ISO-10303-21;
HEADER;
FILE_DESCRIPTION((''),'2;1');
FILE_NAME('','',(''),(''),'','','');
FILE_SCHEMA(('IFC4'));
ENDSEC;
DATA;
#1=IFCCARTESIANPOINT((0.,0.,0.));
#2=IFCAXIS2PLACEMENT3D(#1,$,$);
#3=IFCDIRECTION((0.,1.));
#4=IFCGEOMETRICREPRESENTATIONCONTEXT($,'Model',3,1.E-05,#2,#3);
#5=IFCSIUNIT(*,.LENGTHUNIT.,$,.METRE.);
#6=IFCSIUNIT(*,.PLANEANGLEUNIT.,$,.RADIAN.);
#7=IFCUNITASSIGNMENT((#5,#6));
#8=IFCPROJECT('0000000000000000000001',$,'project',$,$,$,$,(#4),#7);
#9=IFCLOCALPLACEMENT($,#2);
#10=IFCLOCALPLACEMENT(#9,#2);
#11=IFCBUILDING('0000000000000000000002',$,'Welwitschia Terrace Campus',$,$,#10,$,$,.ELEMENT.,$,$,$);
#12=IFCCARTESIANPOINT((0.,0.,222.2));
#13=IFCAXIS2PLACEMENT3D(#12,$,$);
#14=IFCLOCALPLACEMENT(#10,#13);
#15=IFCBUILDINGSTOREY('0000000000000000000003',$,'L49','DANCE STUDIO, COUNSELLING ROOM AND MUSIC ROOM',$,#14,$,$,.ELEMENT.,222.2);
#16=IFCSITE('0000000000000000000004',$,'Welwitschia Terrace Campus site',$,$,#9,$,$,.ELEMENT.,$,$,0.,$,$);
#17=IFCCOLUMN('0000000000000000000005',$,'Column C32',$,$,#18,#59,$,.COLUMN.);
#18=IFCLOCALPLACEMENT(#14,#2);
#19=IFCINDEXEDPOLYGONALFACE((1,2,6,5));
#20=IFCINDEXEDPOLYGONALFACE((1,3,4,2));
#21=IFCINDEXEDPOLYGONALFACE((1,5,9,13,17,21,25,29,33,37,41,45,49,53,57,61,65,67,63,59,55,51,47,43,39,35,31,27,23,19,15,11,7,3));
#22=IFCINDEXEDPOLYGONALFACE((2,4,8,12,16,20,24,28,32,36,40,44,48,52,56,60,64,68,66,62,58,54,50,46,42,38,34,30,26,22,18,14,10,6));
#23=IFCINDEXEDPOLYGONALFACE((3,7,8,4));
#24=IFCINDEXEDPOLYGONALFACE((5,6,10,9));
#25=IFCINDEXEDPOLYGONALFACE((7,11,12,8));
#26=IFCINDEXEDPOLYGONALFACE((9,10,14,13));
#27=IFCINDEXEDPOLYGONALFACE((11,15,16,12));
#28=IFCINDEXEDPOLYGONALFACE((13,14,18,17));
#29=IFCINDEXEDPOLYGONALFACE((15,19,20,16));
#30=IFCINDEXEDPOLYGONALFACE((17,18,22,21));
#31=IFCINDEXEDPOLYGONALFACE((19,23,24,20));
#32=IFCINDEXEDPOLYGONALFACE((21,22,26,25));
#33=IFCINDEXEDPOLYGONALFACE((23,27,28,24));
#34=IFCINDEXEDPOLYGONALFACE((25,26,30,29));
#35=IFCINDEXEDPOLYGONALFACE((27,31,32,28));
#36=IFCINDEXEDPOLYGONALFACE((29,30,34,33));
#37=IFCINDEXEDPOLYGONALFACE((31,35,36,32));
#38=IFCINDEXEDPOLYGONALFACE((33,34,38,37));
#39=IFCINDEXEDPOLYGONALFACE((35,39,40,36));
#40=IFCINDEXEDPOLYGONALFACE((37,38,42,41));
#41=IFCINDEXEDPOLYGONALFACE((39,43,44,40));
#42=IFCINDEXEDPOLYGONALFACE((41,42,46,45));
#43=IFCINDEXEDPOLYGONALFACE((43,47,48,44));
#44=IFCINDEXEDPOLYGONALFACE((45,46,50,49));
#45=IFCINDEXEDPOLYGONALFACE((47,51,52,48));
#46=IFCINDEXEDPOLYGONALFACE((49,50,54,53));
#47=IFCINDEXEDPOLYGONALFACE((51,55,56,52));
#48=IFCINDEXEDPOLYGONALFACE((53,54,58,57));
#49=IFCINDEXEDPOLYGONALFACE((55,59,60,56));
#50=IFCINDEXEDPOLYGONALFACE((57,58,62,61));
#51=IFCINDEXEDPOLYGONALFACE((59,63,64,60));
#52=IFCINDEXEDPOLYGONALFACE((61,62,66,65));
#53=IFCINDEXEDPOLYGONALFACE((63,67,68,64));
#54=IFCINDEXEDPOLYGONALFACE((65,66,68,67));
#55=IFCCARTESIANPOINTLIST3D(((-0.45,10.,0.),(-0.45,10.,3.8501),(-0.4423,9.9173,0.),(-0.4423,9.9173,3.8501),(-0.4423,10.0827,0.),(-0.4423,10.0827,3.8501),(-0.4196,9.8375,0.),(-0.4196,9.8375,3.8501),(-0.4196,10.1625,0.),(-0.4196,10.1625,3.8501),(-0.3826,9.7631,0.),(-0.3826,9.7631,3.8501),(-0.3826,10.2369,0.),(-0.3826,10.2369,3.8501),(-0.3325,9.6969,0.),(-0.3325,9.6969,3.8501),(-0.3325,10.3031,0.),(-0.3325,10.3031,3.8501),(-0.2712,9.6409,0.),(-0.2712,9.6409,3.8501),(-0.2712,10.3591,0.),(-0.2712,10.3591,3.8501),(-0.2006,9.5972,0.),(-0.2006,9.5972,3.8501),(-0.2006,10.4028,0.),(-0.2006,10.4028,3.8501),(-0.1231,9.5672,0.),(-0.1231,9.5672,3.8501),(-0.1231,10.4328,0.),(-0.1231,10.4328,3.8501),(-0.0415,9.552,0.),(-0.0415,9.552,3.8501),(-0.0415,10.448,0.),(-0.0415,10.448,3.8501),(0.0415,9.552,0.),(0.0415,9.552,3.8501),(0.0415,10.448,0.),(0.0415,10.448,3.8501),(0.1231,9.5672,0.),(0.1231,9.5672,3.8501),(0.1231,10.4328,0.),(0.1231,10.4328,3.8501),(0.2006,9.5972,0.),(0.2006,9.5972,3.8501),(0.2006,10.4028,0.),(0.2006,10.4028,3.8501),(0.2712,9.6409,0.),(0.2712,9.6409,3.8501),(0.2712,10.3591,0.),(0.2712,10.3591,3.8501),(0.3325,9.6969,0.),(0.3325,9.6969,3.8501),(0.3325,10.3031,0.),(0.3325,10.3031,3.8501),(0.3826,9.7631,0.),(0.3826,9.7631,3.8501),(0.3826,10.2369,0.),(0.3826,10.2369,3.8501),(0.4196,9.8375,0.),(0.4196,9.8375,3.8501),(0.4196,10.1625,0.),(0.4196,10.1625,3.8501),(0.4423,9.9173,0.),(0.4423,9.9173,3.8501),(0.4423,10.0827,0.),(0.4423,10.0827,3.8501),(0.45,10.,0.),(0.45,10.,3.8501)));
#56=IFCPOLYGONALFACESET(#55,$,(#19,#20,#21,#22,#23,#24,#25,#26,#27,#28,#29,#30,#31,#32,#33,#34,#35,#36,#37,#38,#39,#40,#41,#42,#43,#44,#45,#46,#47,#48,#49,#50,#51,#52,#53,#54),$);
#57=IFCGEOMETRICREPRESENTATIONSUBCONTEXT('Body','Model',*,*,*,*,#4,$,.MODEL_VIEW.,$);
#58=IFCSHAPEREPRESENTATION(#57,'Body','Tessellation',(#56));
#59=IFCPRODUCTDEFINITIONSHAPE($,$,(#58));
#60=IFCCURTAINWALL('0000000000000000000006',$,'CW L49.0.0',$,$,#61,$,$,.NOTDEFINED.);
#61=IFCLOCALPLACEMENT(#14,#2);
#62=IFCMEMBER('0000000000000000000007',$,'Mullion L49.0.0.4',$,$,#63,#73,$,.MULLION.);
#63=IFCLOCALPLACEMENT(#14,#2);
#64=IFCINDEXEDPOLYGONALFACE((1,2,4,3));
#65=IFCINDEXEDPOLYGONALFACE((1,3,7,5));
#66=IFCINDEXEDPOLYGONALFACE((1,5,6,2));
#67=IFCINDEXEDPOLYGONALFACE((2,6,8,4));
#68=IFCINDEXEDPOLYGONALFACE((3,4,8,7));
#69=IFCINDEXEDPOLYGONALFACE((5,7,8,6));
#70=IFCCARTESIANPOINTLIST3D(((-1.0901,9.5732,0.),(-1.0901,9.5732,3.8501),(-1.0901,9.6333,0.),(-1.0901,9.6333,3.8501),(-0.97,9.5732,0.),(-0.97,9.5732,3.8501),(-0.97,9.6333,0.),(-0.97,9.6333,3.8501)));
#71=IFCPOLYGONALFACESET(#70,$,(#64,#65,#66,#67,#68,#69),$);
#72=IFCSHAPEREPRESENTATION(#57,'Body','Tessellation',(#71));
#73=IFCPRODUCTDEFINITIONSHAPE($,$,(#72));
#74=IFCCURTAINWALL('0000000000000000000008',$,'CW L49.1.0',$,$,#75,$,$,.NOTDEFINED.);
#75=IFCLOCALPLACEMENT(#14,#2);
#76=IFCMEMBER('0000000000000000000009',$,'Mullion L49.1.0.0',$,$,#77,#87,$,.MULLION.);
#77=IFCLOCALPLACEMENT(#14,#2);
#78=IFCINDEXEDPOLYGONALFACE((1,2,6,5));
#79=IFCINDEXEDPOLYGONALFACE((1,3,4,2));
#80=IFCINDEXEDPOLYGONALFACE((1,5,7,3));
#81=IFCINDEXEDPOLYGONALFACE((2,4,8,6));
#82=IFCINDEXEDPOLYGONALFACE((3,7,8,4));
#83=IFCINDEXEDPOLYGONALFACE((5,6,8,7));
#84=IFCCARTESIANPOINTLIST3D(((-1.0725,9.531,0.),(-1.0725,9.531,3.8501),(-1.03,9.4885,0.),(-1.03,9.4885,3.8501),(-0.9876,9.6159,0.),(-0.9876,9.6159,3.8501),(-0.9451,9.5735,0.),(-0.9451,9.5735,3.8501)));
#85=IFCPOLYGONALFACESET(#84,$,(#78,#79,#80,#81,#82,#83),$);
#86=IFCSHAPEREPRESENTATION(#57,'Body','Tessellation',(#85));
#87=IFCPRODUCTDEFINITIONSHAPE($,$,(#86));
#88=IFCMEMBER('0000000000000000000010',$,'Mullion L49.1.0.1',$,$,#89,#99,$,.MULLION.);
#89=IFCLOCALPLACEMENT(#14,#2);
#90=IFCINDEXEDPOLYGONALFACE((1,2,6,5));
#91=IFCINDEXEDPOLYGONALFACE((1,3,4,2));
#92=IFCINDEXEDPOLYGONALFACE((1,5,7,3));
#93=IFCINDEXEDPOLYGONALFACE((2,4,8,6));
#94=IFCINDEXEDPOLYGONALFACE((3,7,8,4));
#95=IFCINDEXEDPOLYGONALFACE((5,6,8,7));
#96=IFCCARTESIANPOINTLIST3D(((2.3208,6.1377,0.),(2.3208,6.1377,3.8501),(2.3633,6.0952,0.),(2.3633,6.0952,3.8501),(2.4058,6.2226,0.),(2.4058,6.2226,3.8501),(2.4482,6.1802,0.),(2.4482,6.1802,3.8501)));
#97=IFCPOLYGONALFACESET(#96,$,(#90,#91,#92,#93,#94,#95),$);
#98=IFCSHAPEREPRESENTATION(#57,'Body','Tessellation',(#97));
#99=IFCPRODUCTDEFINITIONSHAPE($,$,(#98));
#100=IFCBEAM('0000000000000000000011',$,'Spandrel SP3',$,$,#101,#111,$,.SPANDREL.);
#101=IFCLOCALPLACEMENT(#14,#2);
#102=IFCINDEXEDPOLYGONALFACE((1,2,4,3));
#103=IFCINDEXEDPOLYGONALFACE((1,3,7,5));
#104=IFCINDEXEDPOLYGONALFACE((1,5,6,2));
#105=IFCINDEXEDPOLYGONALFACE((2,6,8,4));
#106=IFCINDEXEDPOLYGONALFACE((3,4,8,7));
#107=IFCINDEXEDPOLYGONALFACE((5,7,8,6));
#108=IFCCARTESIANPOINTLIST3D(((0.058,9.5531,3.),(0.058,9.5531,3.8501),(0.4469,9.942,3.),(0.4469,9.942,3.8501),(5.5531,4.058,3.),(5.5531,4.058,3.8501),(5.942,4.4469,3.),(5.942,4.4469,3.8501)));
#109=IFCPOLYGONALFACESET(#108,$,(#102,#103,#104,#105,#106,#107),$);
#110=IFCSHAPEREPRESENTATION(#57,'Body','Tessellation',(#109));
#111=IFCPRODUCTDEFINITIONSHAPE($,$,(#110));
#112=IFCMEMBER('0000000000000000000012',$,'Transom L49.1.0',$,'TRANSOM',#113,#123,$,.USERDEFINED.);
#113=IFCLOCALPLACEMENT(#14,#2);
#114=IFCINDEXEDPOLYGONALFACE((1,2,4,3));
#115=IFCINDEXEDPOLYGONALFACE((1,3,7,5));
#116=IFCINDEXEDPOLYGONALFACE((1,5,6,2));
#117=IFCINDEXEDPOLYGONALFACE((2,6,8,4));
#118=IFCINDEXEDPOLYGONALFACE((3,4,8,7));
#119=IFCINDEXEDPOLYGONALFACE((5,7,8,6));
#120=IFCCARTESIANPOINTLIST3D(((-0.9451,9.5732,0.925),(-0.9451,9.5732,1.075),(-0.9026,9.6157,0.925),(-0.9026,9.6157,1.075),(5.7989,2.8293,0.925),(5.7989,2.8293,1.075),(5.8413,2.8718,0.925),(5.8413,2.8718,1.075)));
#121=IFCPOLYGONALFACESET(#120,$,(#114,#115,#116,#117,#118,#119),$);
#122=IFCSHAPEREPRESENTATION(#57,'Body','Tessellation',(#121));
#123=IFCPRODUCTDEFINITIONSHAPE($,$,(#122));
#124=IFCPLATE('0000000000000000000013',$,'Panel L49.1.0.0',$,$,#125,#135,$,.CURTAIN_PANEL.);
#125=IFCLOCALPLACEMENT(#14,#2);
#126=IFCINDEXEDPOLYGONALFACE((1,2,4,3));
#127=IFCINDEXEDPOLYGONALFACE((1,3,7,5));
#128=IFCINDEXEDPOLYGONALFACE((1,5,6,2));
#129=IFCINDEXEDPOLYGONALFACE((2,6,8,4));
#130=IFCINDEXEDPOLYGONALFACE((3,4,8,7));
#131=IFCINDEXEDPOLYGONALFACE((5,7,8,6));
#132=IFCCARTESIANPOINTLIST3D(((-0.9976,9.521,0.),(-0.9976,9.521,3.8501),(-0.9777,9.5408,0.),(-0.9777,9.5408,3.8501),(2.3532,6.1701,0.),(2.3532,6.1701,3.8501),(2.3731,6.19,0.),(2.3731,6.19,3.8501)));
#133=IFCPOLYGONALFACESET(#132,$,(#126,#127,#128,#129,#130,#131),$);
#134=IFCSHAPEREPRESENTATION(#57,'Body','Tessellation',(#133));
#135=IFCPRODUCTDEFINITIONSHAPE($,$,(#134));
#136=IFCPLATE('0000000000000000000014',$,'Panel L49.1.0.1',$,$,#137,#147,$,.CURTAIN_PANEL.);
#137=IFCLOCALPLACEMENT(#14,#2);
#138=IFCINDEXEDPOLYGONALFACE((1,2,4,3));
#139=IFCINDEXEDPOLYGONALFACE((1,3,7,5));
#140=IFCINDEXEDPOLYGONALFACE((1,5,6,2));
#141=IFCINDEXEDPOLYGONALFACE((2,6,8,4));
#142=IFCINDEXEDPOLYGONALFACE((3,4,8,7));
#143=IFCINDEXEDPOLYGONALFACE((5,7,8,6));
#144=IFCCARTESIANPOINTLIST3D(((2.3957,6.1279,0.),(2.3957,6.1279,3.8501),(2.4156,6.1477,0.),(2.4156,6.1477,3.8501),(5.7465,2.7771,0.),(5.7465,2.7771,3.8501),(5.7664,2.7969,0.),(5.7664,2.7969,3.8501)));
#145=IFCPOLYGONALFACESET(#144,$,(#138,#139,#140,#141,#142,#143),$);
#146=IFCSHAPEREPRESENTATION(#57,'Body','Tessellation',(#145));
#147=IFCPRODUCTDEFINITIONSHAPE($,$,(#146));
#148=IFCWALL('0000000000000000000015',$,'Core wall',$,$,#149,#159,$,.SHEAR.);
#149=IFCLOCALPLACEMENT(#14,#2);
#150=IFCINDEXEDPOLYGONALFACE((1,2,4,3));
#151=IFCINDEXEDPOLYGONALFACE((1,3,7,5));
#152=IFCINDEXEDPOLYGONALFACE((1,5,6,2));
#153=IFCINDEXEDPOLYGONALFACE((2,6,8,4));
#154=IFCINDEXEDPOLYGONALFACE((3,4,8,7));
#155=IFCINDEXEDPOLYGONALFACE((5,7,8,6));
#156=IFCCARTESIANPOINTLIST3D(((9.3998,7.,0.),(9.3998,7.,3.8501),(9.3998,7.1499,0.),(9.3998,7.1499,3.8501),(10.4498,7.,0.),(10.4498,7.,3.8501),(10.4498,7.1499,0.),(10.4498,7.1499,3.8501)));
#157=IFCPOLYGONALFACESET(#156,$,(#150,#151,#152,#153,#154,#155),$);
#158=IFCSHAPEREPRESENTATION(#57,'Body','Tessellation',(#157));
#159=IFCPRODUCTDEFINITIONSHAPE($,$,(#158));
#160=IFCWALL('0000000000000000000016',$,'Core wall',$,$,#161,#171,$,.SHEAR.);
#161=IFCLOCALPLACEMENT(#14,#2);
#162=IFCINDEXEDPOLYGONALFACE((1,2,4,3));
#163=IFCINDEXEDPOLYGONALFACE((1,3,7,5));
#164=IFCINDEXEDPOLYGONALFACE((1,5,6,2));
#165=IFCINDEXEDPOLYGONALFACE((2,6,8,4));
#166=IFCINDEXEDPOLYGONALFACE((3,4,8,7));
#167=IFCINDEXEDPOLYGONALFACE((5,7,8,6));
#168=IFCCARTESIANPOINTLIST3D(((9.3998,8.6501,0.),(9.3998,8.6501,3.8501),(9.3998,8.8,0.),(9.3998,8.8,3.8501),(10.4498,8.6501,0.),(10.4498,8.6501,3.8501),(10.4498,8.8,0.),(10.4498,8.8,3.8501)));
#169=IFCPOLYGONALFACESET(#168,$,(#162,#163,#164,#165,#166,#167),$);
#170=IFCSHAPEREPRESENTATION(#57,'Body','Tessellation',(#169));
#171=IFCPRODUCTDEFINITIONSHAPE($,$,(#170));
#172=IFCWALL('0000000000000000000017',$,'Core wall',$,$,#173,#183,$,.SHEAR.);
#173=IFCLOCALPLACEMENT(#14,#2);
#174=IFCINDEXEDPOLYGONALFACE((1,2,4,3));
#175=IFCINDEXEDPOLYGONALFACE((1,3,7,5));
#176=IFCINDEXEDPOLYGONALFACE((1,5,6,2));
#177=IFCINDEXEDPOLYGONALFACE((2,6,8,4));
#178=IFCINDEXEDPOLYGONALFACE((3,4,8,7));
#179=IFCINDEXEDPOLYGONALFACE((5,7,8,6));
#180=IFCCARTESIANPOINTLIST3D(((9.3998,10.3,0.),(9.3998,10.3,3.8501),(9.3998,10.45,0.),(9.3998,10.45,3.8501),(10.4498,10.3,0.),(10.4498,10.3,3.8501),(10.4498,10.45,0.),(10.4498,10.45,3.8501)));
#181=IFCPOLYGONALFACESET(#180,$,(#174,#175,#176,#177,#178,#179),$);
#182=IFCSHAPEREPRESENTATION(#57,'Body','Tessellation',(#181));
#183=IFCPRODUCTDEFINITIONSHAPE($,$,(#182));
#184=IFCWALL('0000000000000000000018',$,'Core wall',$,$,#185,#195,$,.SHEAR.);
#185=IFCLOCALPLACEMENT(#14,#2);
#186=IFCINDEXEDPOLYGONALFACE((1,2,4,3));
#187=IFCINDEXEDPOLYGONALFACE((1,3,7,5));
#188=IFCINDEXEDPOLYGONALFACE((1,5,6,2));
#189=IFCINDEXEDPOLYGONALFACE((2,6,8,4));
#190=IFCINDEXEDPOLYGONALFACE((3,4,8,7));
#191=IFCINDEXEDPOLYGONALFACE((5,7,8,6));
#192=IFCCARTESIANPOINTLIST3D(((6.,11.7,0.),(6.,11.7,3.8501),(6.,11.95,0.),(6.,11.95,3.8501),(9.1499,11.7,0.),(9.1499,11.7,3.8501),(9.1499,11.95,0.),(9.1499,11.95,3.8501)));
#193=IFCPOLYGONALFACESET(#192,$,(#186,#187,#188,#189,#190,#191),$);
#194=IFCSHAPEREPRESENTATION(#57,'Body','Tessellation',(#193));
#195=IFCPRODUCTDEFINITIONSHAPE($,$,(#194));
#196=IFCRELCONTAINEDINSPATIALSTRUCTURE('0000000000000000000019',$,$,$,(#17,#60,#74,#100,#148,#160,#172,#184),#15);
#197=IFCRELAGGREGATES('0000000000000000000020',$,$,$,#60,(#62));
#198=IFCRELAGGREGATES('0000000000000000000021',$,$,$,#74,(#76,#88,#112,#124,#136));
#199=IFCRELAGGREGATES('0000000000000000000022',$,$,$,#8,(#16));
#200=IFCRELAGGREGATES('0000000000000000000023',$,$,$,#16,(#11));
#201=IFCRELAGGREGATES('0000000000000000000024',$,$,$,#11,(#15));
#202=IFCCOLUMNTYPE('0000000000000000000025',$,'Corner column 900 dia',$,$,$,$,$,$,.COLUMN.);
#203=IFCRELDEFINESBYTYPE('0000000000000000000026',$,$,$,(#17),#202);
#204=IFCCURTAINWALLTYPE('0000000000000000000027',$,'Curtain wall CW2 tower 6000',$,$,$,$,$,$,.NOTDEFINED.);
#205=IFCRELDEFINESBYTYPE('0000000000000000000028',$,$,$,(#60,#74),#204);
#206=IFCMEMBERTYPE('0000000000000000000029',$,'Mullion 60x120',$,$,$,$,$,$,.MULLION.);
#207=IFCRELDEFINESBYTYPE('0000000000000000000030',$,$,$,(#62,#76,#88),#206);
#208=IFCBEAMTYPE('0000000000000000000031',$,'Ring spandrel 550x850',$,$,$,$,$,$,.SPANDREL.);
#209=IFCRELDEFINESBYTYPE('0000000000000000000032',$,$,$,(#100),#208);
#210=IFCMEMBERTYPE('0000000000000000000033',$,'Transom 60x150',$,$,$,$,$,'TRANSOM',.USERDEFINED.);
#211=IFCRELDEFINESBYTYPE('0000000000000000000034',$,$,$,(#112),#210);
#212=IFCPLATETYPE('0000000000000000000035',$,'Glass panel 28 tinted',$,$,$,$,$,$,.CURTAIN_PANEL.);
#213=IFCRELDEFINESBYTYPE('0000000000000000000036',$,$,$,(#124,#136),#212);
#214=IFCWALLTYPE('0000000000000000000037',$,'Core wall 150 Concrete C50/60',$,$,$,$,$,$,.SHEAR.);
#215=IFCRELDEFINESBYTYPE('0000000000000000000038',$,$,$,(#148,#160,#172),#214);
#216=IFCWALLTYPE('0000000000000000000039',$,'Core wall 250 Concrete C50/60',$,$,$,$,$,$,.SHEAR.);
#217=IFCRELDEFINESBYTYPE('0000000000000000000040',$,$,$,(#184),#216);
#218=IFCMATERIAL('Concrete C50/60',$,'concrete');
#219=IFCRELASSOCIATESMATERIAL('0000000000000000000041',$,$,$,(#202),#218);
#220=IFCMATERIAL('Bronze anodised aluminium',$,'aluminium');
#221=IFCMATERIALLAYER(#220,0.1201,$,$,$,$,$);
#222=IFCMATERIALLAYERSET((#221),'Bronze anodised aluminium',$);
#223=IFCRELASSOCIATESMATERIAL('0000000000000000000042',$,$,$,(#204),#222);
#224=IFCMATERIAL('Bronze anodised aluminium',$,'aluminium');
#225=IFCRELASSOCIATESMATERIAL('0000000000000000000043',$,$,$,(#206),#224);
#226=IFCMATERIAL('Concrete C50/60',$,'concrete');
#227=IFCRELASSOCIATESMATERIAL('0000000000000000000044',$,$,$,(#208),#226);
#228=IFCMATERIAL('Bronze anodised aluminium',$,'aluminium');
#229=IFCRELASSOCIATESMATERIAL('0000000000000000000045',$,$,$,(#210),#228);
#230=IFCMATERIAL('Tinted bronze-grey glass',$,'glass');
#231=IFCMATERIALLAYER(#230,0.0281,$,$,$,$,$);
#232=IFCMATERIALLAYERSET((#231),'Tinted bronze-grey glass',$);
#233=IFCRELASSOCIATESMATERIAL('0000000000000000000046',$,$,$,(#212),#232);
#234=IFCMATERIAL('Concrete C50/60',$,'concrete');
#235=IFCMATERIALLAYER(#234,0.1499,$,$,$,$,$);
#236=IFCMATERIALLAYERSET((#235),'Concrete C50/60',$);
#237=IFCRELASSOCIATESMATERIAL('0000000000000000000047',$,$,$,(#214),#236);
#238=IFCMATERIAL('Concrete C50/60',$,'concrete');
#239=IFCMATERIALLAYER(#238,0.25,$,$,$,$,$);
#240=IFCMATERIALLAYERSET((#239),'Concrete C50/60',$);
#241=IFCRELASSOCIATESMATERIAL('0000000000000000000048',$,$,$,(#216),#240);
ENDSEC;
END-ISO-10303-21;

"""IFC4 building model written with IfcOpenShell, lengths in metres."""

from ifc_helpers import new_model, si_unit, direction, frame, frame_2d, origin, origin_2d, place, context, subcontext, project, spatial, rectangle, circle, extrude, material, layer, layer_set, material_profile, profile_set, type_object, element, aggregate, save


model = new_model("IFC4")

# Units and contexts
model_context = context("Model", 3, precision=1e-05, world=origin(), true_north=direction((0.0, 1.0)))
body_context = subcontext(model_context, "Body", "Model", "MODEL_VIEW")
ifc_project = project(units=[si_unit("LENGTHUNIT", "METRE"), si_unit("PLANEANGLEUNIT", "RADIAN")], contexts=[model_context])

# Site, building, storey
site_placement = place(None, origin())
site = spatial("IfcSite", under=ifc_project, at=site_placement, Name="Welwitschia Terrace Campus site", CompositionType="ELEMENT", RefElevation=0.0)
building_placement = place(site_placement, origin())
building = spatial("IfcBuilding", under=site, at=building_placement, Name="Welwitschia Terrace Campus", CompositionType="ELEMENT")
storey_placement = place(building_placement, frame((0.0, 0.0, 222.2)))
storey = spatial("IfcBuildingStorey", under=building, at=storey_placement, Name="L49", Description="DANCE STUDIO, COUNSELLING ROOM AND MUSIC ROOM", CompositionType="ELEMENT", Elevation=222.2)

# Column
ifc_material_1 = material(Name="Concrete C50/60", Category="concrete")
ifc_material_profile_1 = material_profile(ifc_material_1, circle(Radius=0.45, at=origin_2d()))
ifc_profile_set_1 = profile_set([ifc_material_profile_1], Name="Concrete C50/60")
column_type = type_object("IfcColumnType", Name="Corner column 900 dia", PredefinedType="COLUMN", material=ifc_profile_set_1)
column_placement = place(storey_placement, frame((0.0, 10.0, 0.0), z_axis=(0.0, 0.0, 1.0), x_axis=(1.0, 0.0, 0.0)))
element("IfcColumn", 1, at=column_placement, inside=storey, type_object=column_type, Name="Column C32", PredefinedType="COLUMN", context=body_context, shape_type="SweptSolid", body=[
    extrude(circle(Radius=0.45, at=origin_2d()), origin(), (0.0, 0.0, 1.0), 3.8501),
])

# Curtain wall, member
ifc_material_2 = material(Name="Bronze anodised aluminium", Category="aluminium")
ifc_layer_1 = layer(ifc_material_2, 0.1201)
ifc_layer_set_1 = layer_set([ifc_layer_1], Name="Bronze anodised aluminium")
curtain_wall_type = type_object("IfcCurtainWallType", Name="Curtain wall CW2 tower 6000", PredefinedType="NOTDEFINED", material=ifc_layer_set_1)
curtain_wall_1_placement = place(storey_placement, origin())
curtain_wall_1 = element("IfcCurtainWall", 2, at=curtain_wall_1_placement, inside=storey, type_object=curtain_wall_type, Name="CW L49.0.0", PredefinedType="NOTDEFINED")
ifc_material_3 = material(Name="Bronze anodised aluminium", Category="aluminium")
ifc_material_profile_2 = material_profile(ifc_material_3, rectangle(XDim=0.1201, YDim=0.0601, at=origin_2d()))
ifc_profile_set_2 = profile_set([ifc_material_profile_2], Name="Bronze anodised aluminium")
member_type_1 = type_object("IfcMemberType", Name="Mullion 60x120", PredefinedType="MULLION", material=ifc_profile_set_2)
member_1_placement = place(storey_placement, frame((-1.03, 9.6033, 0.0), z_axis=(0.0, 0.0, 1.0), x_axis=(1.0, 0.0, 0.0)))
member_1 = element("IfcMember", 3, at=member_1_placement, type_object=member_type_1, Name="Mullion L49.0.0.4", PredefinedType="MULLION", context=body_context, shape_type="SweptSolid", body=[
    extrude(rectangle(XDim=0.1201, YDim=0.0601, at=origin_2d()), origin(), (0.0, 0.0, 1.0), 3.8501),
])
aggregate(curtain_wall_1, [member_1])

# Curtain wall, members
curtain_wall_2_placement = place(storey_placement, origin())
curtain_wall_2 = element("IfcCurtainWall", 4, at=curtain_wall_2_placement, inside=storey, type_object=curtain_wall_type, Name="CW L49.1.0", PredefinedType="NOTDEFINED")
member_2_placement = place(storey_placement, frame((-1.0088, 9.5522, 0.0), z_axis=(0.0, 0.0, 1.0), x_axis=(0.707107, 0.707107, 0.0)))
member_2 = element("IfcMember", 5, at=member_2_placement, type_object=member_type_1, Name="Mullion L49.1.0.0", PredefinedType="MULLION", context=body_context, shape_type="SweptSolid", body=[
    extrude(rectangle(XDim=0.1201, YDim=0.0601, at=origin_2d()), origin(), (0.0, 0.0, 1.0), 3.8501),
])
member_3_placement = place(storey_placement, frame((2.3845, 6.1589, 0.0), z_axis=(0.0, 0.0, 1.0), x_axis=(0.707107, 0.707107, 0.0)))
member_3 = element("IfcMember", 6, at=member_3_placement, type_object=member_type_1, Name="Mullion L49.1.0.1", PredefinedType="MULLION", context=body_context, shape_type="SweptSolid", body=[
    extrude(rectangle(XDim=0.1201, YDim=0.0601, at=origin_2d()), origin(), (0.0, 0.0, 1.0), 3.8501),
])

# Beam
ifc_material_4 = material(Name="Concrete C50/60", Category="concrete")
ifc_material_profile_3 = material_profile(ifc_material_4, rectangle(XDim=0.55, YDim=0.8501, at=origin_2d()))
ifc_profile_set_3 = profile_set([ifc_material_profile_3], Name="Concrete C50/60")
beam_type = type_object("IfcBeamType", Name="Ring spandrel 550x850", PredefinedType="SPANDREL", material=ifc_profile_set_3)
beam_placement = place(storey_placement, frame((0.2524, 9.7476, 3.425), z_axis=(0.707107, -0.707107, 0.0), x_axis=(0.707107, 0.707107, 0.0)))
element("IfcBeam", 7, at=beam_placement, inside=storey, type_object=beam_type, Name="Spandrel SP3", PredefinedType="SPANDREL", context=body_context, shape_type="SweptSolid", body=[
    extrude(rectangle(XDim=0.55, YDim=0.8501, at=origin_2d()), origin(), (0.0, 0.0, 1.0), 7.7712),
])

# Member
ifc_material_5 = material(Name="Bronze anodised aluminium", Category="aluminium")
ifc_material_profile_4 = material_profile(ifc_material_5, rectangle(XDim=0.0601, YDim=0.1499, at=origin_2d()))
ifc_profile_set_4 = profile_set([ifc_material_profile_4], Name="Bronze anodised aluminium")
member_type_2 = type_object("IfcMemberType", Name="Transom 60x150", ElementType="TRANSOM", PredefinedType="USERDEFINED", material=ifc_profile_set_4)
member_4_placement = place(storey_placement, frame((-0.9238, 9.5945, 1.0), z_axis=(0.707107, -0.707107, 0.0), x_axis=(0.707107, 0.707107, 0.0)))
member_4 = element("IfcMember", 8, at=member_4_placement, type_object=member_type_2, Name="Transom L49.1.0", ObjectType="TRANSOM", PredefinedType="USERDEFINED", context=body_context, shape_type="SweptSolid", body=[
    extrude(rectangle(XDim=0.0601, YDim=0.1499, at=origin_2d()), origin(), (0.0, 0.0, 1.0), 9.5374),
])

# Plates
ifc_material_6 = material(Name="Tinted bronze-grey glass", Category="glass")
ifc_layer_2 = layer(ifc_material_6, 0.0281)
ifc_layer_set_2 = layer_set([ifc_layer_2], Name="Tinted bronze-grey glass")
plate_type = type_object("IfcPlateType", Name="Glass panel 28 tinted", PredefinedType="CURTAIN_PANEL", material=ifc_layer_set_2)
plate_1_placement = place(storey_placement, frame((0.6877, 7.8555, 0.0), z_axis=(0.0, 0.0, 1.0), x_axis=(0.707107, -0.707107, 0.0)))
plate_1 = element("IfcPlate", 9, at=plate_1_placement, type_object=plate_type, Name="Panel L49.1.0.0", PredefinedType="CURTAIN_PANEL", context=body_context, shape_type="SweptSolid", body=[
    extrude(rectangle(XDim=4.7388, YDim=0.0281, at=origin_2d()), origin(), (0.0, 0.0, 1.0), 3.8501),
])
plate_2_placement = place(storey_placement, frame((4.0811, 4.4624, 0.0), z_axis=(0.0, 0.0, 1.0), x_axis=(0.707107, -0.707107, 0.0)))
plate_2 = element("IfcPlate", 10, at=plate_2_placement, type_object=plate_type, Name="Panel L49.1.0.1", PredefinedType="CURTAIN_PANEL", context=body_context, shape_type="SweptSolid", body=[
    extrude(rectangle(XDim=4.7388, YDim=0.0281, at=origin_2d()), origin(), (0.0, 0.0, 1.0), 3.8501),
])
aggregate(curtain_wall_2, [member_2, member_3, member_4, plate_1, plate_2])

# Walls
ifc_material_7 = material(Name="Concrete C50/60", Category="concrete")
ifc_layer_3 = layer(ifc_material_7, 0.1499)
ifc_layer_set_3 = layer_set([ifc_layer_3], Name="Concrete C50/60")
wall_type_1 = type_object("IfcWallType", Name="Core wall 150 Concrete C50/60", PredefinedType="SHEAR", material=ifc_layer_set_3)
for number, where, z_axis, x_axis, name in (
    (11, (9.3999, 7.075, 0.0), (0.0, 0.0, 1.0), (1.0, 0.0, 0.0), "Core wall"),
    (12, (9.3999, 8.7251, 0.0), (0.0, 0.0, 1.0), (1.0, 0.0, 0.0), "Core wall"),
    (13, (9.3999, 10.375, 0.0), (0.0, 0.0, 1.0), (1.0, 0.0, 0.0), "Core wall"),
):
    element("IfcWall", number, at=place(storey_placement, frame(where, z_axis=z_axis, x_axis=x_axis)), inside=storey, type_object=wall_type_1, Name=name, PredefinedType="SHEAR", context=body_context, shape_type="SweptSolid", body=[
        extrude(rectangle(XDim=1.05, YDim=0.1499, at=frame_2d((0.5249, 0.0))), origin(), (0.0, 0.0, 1.0), 3.8501),
    ])
ifc_material_8 = material(Name="Concrete C50/60", Category="concrete")
ifc_layer_4 = layer(ifc_material_8, 0.25)
ifc_layer_set_4 = layer_set([ifc_layer_4], Name="Concrete C50/60")
wall_type_2 = type_object("IfcWallType", Name="Core wall 250 Concrete C50/60", PredefinedType="SHEAR", material=ifc_layer_set_4)
wall_1_placement = place(storey_placement, frame((6.0, 11.825, 0.0), z_axis=(0.0, 0.0, 1.0), x_axis=(1.0, 0.0, 0.0)))
element("IfcWall", 14, at=wall_1_placement, inside=storey, type_object=wall_type_2, Name="Core wall", PredefinedType="SHEAR", context=body_context, shape_type="SweptSolid", body=[
    extrude(rectangle(XDim=3.1499, YDim=0.25, at=frame_2d((1.575, 0.0))), origin(), (0.0, 0.0, 1.0), 3.8501),
])

save(model, "model.ifc")
